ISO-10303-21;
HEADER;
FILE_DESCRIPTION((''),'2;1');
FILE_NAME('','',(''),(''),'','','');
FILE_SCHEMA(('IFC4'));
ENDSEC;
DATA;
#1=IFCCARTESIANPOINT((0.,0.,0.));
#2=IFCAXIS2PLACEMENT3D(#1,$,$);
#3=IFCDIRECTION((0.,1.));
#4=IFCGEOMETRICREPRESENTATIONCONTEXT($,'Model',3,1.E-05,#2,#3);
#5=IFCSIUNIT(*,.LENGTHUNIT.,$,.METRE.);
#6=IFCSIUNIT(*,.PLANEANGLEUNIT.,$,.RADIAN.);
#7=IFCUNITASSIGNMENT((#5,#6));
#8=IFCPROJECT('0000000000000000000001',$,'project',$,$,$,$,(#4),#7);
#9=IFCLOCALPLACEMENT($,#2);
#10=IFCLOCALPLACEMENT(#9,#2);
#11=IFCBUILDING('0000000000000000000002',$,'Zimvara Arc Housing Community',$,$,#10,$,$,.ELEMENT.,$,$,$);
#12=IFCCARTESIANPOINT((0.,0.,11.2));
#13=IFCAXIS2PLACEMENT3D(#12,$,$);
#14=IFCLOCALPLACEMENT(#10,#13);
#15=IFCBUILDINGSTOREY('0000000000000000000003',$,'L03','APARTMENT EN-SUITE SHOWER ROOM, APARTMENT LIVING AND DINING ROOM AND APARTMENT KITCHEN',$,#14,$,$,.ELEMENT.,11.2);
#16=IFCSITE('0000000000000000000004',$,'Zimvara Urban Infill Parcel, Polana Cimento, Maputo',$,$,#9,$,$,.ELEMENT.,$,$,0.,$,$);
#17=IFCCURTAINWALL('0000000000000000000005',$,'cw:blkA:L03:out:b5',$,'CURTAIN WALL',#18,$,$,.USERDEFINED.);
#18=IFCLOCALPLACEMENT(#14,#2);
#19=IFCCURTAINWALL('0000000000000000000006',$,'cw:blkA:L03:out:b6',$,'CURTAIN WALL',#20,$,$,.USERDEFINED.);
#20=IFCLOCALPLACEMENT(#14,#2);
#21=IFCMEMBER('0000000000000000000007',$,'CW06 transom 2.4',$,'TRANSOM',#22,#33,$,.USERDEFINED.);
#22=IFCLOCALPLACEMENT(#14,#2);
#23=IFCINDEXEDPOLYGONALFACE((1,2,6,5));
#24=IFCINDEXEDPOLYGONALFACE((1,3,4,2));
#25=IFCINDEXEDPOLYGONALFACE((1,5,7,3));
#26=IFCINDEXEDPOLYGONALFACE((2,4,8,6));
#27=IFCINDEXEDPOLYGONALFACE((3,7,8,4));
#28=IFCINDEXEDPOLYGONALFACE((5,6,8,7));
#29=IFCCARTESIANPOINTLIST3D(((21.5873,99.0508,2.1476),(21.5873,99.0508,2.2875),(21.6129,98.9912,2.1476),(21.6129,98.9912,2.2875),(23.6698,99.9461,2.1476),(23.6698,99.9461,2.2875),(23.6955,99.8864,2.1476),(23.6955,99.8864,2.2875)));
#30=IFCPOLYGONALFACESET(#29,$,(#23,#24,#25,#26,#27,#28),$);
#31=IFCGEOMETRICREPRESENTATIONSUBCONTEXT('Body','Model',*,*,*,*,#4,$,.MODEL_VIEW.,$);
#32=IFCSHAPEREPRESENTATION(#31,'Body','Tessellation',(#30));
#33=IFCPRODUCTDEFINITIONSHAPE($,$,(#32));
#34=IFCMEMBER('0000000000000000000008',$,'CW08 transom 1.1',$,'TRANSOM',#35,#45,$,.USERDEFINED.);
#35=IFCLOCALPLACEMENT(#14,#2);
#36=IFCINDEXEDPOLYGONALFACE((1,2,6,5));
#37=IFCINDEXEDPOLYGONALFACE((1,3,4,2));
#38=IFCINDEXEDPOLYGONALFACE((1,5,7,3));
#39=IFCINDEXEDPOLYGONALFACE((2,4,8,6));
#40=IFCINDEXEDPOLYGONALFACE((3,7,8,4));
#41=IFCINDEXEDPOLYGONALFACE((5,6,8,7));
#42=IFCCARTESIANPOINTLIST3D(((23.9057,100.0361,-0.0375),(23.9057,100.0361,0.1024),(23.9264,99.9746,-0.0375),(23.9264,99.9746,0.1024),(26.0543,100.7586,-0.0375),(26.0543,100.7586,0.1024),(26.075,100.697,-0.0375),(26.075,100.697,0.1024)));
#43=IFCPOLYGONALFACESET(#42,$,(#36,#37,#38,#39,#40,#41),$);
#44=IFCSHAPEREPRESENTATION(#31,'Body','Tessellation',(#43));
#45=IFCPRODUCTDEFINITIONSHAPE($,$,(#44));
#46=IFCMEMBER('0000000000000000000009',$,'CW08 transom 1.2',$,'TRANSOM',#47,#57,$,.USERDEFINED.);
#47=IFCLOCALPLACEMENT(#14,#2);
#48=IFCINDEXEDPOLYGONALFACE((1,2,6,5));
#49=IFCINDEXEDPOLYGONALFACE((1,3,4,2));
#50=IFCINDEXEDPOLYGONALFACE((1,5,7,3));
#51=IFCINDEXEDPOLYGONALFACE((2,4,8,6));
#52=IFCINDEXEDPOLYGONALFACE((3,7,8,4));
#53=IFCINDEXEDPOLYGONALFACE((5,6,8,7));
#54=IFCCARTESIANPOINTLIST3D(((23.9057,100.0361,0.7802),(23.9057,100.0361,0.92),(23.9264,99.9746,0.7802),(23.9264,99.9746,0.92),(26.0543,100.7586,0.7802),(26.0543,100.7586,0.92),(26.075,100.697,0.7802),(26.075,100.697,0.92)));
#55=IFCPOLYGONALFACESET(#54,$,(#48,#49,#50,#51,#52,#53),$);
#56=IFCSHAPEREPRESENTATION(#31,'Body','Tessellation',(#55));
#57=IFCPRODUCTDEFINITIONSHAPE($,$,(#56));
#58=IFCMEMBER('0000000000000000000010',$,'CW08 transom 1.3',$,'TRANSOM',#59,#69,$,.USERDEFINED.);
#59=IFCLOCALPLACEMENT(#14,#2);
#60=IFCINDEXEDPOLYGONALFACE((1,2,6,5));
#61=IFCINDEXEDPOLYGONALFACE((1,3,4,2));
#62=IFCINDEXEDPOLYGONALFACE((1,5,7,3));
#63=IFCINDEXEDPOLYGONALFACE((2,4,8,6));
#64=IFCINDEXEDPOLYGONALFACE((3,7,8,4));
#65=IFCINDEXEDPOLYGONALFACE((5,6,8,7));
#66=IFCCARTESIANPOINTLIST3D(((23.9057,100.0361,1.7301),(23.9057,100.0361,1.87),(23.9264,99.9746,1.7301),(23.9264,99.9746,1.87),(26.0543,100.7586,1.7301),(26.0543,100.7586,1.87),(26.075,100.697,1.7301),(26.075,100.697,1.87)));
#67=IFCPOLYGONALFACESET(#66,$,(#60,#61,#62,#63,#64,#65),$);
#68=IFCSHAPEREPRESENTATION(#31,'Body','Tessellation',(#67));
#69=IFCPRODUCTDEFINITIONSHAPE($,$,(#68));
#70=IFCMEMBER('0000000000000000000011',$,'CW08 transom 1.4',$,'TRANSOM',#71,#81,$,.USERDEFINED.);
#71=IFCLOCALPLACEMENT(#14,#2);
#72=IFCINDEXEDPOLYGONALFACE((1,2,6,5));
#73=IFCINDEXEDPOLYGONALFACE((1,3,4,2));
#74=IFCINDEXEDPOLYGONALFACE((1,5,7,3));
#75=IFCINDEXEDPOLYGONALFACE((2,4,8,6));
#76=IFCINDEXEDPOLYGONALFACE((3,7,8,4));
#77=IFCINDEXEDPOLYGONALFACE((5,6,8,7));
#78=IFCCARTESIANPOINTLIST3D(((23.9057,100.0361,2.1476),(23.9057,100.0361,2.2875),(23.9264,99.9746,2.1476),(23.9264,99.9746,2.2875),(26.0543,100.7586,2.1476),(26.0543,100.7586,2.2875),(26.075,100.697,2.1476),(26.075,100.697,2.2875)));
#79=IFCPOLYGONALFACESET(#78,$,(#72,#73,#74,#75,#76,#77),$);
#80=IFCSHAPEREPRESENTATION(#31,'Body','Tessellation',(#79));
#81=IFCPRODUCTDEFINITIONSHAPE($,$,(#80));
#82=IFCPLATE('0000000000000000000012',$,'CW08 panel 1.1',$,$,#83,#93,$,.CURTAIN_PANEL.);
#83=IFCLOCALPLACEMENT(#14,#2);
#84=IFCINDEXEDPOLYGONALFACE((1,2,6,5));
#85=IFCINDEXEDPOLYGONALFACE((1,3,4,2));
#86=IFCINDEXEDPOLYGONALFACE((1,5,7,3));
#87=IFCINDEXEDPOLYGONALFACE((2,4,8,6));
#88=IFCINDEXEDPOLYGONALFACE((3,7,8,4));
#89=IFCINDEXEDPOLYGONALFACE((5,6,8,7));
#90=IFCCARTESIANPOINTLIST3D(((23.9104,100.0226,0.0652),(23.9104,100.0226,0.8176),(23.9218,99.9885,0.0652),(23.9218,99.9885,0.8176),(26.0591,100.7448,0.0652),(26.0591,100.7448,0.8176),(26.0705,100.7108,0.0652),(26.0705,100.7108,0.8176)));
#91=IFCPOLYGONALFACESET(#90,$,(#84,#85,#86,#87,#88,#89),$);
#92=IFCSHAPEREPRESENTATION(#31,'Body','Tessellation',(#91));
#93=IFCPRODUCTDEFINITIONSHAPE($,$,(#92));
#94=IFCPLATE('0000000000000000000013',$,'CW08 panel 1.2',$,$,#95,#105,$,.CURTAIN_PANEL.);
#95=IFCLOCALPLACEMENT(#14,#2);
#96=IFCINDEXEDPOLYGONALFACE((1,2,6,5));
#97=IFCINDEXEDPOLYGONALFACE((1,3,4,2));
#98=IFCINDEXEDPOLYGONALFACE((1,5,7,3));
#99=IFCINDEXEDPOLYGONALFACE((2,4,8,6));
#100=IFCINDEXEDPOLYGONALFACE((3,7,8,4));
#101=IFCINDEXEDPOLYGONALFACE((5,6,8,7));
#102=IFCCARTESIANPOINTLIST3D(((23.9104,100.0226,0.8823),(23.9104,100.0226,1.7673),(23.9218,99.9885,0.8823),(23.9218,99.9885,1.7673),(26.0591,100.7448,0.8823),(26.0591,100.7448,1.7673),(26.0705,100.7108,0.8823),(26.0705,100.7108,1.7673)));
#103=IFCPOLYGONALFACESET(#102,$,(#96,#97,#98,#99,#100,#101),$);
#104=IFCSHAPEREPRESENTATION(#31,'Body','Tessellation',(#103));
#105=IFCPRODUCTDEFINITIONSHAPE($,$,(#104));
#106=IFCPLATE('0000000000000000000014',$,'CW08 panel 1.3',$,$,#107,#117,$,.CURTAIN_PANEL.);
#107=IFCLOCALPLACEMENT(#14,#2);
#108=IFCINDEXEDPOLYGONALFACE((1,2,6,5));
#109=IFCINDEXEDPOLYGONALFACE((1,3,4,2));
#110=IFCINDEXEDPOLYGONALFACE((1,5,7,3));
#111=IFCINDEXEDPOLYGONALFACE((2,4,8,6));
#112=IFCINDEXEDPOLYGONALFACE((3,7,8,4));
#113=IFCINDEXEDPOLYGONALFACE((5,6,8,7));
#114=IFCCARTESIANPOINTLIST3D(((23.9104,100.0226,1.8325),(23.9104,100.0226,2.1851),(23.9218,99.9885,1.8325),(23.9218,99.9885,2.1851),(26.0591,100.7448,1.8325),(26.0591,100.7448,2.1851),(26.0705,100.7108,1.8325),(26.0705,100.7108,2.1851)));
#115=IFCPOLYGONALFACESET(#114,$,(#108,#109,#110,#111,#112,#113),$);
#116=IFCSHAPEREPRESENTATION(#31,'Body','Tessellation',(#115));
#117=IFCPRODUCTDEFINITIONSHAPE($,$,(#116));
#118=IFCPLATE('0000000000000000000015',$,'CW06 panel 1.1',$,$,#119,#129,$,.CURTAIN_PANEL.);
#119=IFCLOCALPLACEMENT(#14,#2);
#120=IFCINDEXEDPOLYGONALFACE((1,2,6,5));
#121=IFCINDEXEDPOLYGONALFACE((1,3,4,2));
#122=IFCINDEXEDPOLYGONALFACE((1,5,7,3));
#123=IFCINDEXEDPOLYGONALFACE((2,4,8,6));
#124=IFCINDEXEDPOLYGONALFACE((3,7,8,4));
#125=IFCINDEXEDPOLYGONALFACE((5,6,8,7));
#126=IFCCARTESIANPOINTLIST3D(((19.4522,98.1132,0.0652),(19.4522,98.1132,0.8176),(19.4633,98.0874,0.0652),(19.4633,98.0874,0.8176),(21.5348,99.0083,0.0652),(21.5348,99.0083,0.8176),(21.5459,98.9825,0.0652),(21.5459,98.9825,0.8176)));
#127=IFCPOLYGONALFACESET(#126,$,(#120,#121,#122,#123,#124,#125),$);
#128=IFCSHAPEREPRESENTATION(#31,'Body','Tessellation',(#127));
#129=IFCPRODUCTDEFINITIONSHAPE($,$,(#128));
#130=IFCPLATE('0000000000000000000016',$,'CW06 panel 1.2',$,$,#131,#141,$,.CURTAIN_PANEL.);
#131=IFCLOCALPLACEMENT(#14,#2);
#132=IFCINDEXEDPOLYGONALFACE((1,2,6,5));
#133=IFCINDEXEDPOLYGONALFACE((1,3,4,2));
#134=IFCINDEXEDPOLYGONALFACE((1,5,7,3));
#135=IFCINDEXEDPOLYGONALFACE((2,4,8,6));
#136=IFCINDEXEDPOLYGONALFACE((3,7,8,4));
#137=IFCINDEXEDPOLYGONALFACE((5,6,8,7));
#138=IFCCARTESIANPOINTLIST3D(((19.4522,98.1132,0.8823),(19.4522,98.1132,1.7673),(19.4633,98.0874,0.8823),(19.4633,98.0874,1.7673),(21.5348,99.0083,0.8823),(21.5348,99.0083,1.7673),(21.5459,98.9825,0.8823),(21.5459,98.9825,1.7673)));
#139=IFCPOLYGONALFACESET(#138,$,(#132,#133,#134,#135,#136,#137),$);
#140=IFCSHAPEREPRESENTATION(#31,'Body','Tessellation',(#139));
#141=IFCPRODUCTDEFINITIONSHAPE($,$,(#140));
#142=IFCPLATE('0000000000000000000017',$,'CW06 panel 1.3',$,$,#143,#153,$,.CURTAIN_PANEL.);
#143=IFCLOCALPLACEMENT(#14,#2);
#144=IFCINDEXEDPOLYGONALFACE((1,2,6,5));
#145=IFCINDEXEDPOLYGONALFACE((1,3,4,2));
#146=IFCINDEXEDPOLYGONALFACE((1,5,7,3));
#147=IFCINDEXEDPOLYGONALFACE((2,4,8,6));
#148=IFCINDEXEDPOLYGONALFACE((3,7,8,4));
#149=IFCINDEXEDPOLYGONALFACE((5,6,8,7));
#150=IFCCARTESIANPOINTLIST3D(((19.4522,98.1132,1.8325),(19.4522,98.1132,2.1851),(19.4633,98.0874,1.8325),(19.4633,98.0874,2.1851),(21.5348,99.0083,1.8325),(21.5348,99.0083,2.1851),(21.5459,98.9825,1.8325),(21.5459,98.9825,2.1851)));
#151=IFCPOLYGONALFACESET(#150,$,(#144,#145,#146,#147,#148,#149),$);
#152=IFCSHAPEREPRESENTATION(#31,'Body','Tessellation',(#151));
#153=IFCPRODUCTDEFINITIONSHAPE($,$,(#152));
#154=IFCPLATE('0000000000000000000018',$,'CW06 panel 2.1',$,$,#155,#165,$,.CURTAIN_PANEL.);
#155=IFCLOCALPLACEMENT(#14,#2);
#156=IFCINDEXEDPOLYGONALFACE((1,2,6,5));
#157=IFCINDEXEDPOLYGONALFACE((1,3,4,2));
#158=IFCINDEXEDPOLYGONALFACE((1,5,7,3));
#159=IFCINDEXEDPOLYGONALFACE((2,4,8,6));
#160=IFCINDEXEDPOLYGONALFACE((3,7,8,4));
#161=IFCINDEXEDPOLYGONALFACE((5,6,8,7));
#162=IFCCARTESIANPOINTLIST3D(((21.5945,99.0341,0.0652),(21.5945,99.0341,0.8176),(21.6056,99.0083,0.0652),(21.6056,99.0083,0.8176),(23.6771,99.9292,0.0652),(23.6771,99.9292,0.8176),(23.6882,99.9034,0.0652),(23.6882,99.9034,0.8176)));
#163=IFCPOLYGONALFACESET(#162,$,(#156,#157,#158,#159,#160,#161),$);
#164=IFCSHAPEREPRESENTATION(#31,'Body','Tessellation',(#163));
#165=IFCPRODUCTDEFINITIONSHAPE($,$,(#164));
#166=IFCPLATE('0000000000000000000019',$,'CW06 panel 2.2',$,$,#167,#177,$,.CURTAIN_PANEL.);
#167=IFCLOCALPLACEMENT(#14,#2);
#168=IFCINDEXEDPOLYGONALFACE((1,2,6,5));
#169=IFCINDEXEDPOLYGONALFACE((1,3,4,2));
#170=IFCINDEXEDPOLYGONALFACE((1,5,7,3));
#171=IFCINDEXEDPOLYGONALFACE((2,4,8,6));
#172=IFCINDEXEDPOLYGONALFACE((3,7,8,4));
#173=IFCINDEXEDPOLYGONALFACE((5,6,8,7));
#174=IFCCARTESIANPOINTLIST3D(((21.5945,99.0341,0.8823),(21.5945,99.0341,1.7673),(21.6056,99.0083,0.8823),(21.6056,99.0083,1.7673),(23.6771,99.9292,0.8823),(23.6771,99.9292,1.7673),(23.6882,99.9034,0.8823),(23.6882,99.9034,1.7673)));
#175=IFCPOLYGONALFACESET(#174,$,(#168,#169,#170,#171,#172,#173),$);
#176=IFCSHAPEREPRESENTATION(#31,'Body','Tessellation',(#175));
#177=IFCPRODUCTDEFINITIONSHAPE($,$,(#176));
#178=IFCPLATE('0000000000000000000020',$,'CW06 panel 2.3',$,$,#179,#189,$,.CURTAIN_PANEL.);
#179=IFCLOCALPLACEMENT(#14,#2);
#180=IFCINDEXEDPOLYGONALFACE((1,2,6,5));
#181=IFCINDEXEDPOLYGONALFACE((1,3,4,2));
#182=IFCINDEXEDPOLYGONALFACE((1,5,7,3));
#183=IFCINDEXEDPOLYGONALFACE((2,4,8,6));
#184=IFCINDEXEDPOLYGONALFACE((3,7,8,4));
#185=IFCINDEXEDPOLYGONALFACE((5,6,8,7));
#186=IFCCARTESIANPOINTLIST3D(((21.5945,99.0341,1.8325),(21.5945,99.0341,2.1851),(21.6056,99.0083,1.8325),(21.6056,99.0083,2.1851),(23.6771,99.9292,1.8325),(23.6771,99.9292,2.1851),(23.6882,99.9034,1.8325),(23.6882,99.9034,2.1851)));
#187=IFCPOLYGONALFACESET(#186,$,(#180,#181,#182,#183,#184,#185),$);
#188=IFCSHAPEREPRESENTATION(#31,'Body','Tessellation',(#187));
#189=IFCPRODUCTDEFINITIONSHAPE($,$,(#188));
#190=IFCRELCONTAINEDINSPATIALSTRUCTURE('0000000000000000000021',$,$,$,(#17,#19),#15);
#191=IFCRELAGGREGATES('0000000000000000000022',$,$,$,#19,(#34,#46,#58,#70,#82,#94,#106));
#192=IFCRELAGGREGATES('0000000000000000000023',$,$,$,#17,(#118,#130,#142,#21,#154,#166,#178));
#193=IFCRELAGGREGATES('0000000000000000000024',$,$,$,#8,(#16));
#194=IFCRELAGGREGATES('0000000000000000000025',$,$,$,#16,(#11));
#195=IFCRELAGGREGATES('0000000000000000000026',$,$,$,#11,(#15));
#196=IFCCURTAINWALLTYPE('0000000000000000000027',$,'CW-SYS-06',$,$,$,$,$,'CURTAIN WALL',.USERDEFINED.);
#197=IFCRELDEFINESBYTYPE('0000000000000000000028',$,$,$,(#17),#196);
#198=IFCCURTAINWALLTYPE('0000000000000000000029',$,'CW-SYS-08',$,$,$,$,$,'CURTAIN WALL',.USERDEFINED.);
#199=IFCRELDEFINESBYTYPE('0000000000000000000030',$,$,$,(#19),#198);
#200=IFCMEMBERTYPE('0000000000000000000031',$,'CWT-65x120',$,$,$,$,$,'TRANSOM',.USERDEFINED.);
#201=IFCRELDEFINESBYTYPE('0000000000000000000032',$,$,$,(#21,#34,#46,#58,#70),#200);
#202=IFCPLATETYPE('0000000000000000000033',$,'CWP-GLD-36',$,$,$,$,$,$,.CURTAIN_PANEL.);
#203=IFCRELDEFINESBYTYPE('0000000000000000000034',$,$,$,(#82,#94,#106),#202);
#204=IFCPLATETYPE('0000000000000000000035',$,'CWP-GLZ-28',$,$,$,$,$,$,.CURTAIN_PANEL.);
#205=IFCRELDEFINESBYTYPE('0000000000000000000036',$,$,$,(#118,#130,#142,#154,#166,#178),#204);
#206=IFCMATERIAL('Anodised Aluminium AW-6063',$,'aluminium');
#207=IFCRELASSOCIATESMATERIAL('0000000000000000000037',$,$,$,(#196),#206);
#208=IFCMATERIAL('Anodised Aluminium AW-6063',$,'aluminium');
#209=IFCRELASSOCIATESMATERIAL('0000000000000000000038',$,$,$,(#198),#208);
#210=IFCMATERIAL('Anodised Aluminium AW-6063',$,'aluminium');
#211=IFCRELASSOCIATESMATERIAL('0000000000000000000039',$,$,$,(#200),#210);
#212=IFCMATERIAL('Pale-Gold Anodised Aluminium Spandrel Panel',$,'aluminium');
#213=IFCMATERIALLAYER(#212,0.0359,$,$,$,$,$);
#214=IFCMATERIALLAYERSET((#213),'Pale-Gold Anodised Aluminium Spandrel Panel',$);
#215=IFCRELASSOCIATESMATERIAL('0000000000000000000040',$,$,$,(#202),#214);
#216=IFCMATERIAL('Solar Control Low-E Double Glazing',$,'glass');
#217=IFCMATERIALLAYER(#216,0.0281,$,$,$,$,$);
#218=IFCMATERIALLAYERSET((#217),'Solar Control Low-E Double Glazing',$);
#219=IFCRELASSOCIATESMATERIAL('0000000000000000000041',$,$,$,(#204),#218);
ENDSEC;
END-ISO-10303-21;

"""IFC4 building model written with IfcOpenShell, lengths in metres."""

from ifc_helpers import new_model, si_unit, direction, frame, origin, origin_2d, place, context, subcontext, project, spatial, rectangle, extrude, material, layer, layer_set, material_profile, profile_set, type_object, element, aggregate, save


model = new_model("IFC4")

# Units and contexts
model_context = context("Model", 3, precision=1e-05, world=origin(), true_north=direction((0.0, 1.0)))
body_context = subcontext(model_context, "Body", "Model", "MODEL_VIEW")
ifc_project = project(units=[si_unit("LENGTHUNIT", "METRE"), si_unit("PLANEANGLEUNIT", "RADIAN")], contexts=[model_context])

# Site, building, storey
site_placement = place(None, origin())
site = spatial("IfcSite", under=ifc_project, at=site_placement, Name="Zimvara Urban Infill Parcel, Polana Cimento, Maputo", CompositionType="ELEMENT", RefElevation=0.0)
building_placement = place(site_placement, origin())
building = spatial("IfcBuilding", under=site, at=building_placement, Name="Zimvara Arc Housing Community", CompositionType="ELEMENT")
storey_placement = place(building_placement, frame((0.0, 0.0, 11.2)))
storey = spatial("IfcBuildingStorey", under=building, at=storey_placement, Name="L03", Description="APARTMENT EN-SUITE SHOWER ROOM, APARTMENT LIVING AND DINING ROOM AND APARTMENT KITCHEN", CompositionType="ELEMENT", Elevation=11.2)

# Curtain wall
ifc_material_1 = material(Name="Anodised Aluminium AW-6063", Category="aluminium")
curtain_wall_type_1 = type_object("IfcCurtainWallType", Name="CW-SYS-06", ElementType="CURTAIN WALL", PredefinedType="USERDEFINED", material=ifc_material_1)
curtain_wall_1_placement = place(storey_placement, origin())
curtain_wall_1 = element("IfcCurtainWall", 1, at=curtain_wall_1_placement, inside=storey, type_object=curtain_wall_type_1, Name="cw:blkA:L03:out:b5", ObjectType="CURTAIN WALL", PredefinedType="USERDEFINED")

# Curtain wall
ifc_material_2 = material(Name="Anodised Aluminium AW-6063", Category="aluminium")
curtain_wall_type_2 = type_object("IfcCurtainWallType", Name="CW-SYS-08", ElementType="CURTAIN WALL", PredefinedType="USERDEFINED", material=ifc_material_2)
curtain_wall_2_placement = place(storey_placement, origin())
curtain_wall_2 = element("IfcCurtainWall", 2, at=curtain_wall_2_placement, inside=storey, type_object=curtain_wall_type_2, Name="cw:blkA:L03:out:b6", ObjectType="CURTAIN WALL", PredefinedType="USERDEFINED")

# Members
ifc_material_3 = material(Name="Anodised Aluminium AW-6063", Category="aluminium")
ifc_material_profile_1 = material_profile(ifc_material_3, rectangle(XDim=0.0649, YDim=0.1399, at=origin_2d()), Name="ALU 65x140")
ifc_profile_set_1 = profile_set([ifc_material_profile_1], Name="Anodised Aluminium AW-6063")
member_type_1 = type_object("IfcMemberType", Name="CWT-65x120", ElementType="TRANSOM", PredefinedType="USERDEFINED", material=ifc_profile_set_1)
member_1_placement = place(storey_placement, frame((21.6001, 99.021, 2.2175), z_axis=(0.918704, 0.394946, 0.0), x_axis=(-0.394946, 0.918704, 0.0)))
member_1 = element("IfcMember", 3, at=member_1_placement, type_object=member_type_1, Name="CW06 transom 2.4", ObjectType="TRANSOM", PredefinedType="USERDEFINED", context=body_context, shape_type="SweptSolid", body=[
    extrude(rectangle(XDim=0.0649, YDim=0.1399, at=origin_2d()), origin(), (0.0, 0.0, 1.0), 2.2668),
])
member_2_placement = place(storey_placement, frame((23.916, 100.0054, 0.0325), z_axis=(0.947862, 0.318682, 0.0), x_axis=(-0.318682, 0.947862, 0.0)))
member_2 = element("IfcMember", 4, at=member_2_placement, type_object=member_type_1, Name="CW08 transom 1.1", ObjectType="TRANSOM", PredefinedType="USERDEFINED", context=body_context, shape_type="SweptSolid", body=[
    extrude(rectangle(XDim=0.0649, YDim=0.1399, at=origin_2d()), origin(), (0.0, 0.0, 1.0), 2.2668),
])
member_3_placement = place(storey_placement, frame((23.916, 100.0054, 0.8501), z_axis=(0.947862, 0.318682, 0.0), x_axis=(-0.318682, 0.947862, 0.0)))
member_3 = element("IfcMember", 5, at=member_3_placement, type_object=member_type_1, Name="CW08 transom 1.2", ObjectType="TRANSOM", PredefinedType="USERDEFINED", context=body_context, shape_type="SweptSolid", body=[
    extrude(rectangle(XDim=0.0649, YDim=0.1399, at=origin_2d()), origin(), (0.0, 0.0, 1.0), 2.2668),
])
member_4_placement = place(storey_placement, frame((23.916, 100.0054, 1.8), z_axis=(0.947862, 0.318682, 0.0), x_axis=(-0.318682, 0.947862, 0.0)))
member_4 = element("IfcMember", 6, at=member_4_placement, type_object=member_type_1, Name="CW08 transom 1.3", ObjectType="TRANSOM", PredefinedType="USERDEFINED", context=body_context, shape_type="SweptSolid", body=[
    extrude(rectangle(XDim=0.0649, YDim=0.1399, at=origin_2d()), origin(), (0.0, 0.0, 1.0), 2.2668),
])
member_5_placement = place(storey_placement, frame((23.916, 100.0054, 2.2175), z_axis=(0.947862, 0.318682, 0.0), x_axis=(-0.318682, 0.947862, 0.0)))
member_5 = element("IfcMember", 7, at=member_5_placement, type_object=member_type_1, Name="CW08 transom 1.4", ObjectType="TRANSOM", PredefinedType="USERDEFINED", context=body_context, shape_type="SweptSolid", body=[
    extrude(rectangle(XDim=0.0649, YDim=0.1399, at=origin_2d()), origin(), (0.0, 0.0, 1.0), 2.2668),
])

# Plates
ifc_material_4 = material(Name="Pale-Gold Anodised Aluminium Spandrel Panel", Category="aluminium")
ifc_layer_1 = layer(ifc_material_4, 0.0359)
ifc_layer_set_1 = layer_set([ifc_layer_1], Name="Pale-Gold Anodised Aluminium Spandrel Panel")
plate_type_1 = type_object("IfcPlateType", Name="CWP-GLD-36", PredefinedType="CURTAIN_PANEL", material=ifc_layer_set_1)
plate_1_placement = place(storey_placement, frame((24.9905, 100.3667, 0.0652), z_axis=(0.0, 0.0, 1.0), x_axis=(0.94788, 0.318629, 0.0)))
plate_1 = element("IfcPlate", 8, at=plate_1_placement, type_object=plate_type_1, Name="CW08 panel 1.1", PredefinedType="CURTAIN_PANEL", context=body_context, shape_type="SweptSolid", body=[
    extrude(rectangle(XDim=2.2668, YDim=0.0359, at=origin_2d()), origin(), (0.0, 0.0, 1.0), 0.7524),
])
plate_2_placement = place(storey_placement, frame((24.9905, 100.3667, 0.8823), z_axis=(0.0, 0.0, 1.0), x_axis=(0.94788, 0.318629, 0.0)))
plate_2 = element("IfcPlate", 9, at=plate_2_placement, type_object=plate_type_1, Name="CW08 panel 1.2", PredefinedType="CURTAIN_PANEL", context=body_context, shape_type="SweptSolid", body=[
    extrude(rectangle(XDim=2.2668, YDim=0.0359, at=origin_2d()), origin(), (0.0, 0.0, 1.0), 0.885),
])
plate_3_placement = place(storey_placement, frame((24.9905, 100.3667, 1.8325), z_axis=(0.0, 0.0, 1.0), x_axis=(0.94788, 0.318629, 0.0)))
plate_3 = element("IfcPlate", 10, at=plate_3_placement, type_object=plate_type_1, Name="CW08 panel 1.3", PredefinedType="CURTAIN_PANEL", context=body_context, shape_type="SweptSolid", body=[
    extrude(rectangle(XDim=2.2668, YDim=0.0359, at=origin_2d()), origin(), (0.0, 0.0, 1.0), 0.3525),
])
aggregate(curtain_wall_2, [member_2, member_3, member_4, member_5, plate_1, plate_2, plate_3])
ifc_material_5 = material(Name="Solar Control Low-E Double Glazing", Category="glass")
ifc_layer_2 = layer(ifc_material_5, 0.0281)
ifc_layer_set_2 = layer_set([ifc_layer_2], Name="Solar Control Low-E Double Glazing")
plate_type_2 = type_object("IfcPlateType", Name="CWP-GLZ-28", PredefinedType="CURTAIN_PANEL", material=ifc_layer_set_2)
plate_4_placement = place(storey_placement, frame((20.499, 98.5479, 0.0652), z_axis=(0.0, 0.0, 1.0), x_axis=(0.918722, 0.394904, 0.0)))
plate_4 = element("IfcPlate", 11, at=plate_4_placement, type_object=plate_type_2, Name="CW06 panel 1.1", PredefinedType="CURTAIN_PANEL", context=body_context, shape_type="SweptSolid", body=[
    extrude(rectangle(XDim=2.2668, YDim=0.0281, at=origin_2d()), origin(), (0.0, 0.0, 1.0), 0.7524),
])
plate_5_placement = place(storey_placement, frame((20.499, 98.5479, 0.8823), z_axis=(0.0, 0.0, 1.0), x_axis=(0.918722, 0.394904, 0.0)))
plate_5 = element("IfcPlate", 12, at=plate_5_placement, type_object=plate_type_2, Name="CW06 panel 1.2", PredefinedType="CURTAIN_PANEL", context=body_context, shape_type="SweptSolid", body=[
    extrude(rectangle(XDim=2.2668, YDim=0.0281, at=origin_2d()), origin(), (0.0, 0.0, 1.0), 0.885),
])
plate_6_placement = place(storey_placement, frame((20.499, 98.5479, 1.8325), z_axis=(0.0, 0.0, 1.0), x_axis=(0.918722, 0.394904, 0.0)))
plate_6 = element("IfcPlate", 13, at=plate_6_placement, type_object=plate_type_2, Name="CW06 panel 1.3", PredefinedType="CURTAIN_PANEL", context=body_context, shape_type="SweptSolid", body=[
    extrude(rectangle(XDim=2.2668, YDim=0.0281, at=origin_2d()), origin(), (0.0, 0.0, 1.0), 0.3525),
])
plate_7_placement = place(storey_placement, frame((22.6414, 99.4688, 0.0652), z_axis=(0.0, 0.0, 1.0), x_axis=(0.918722, 0.394904, 0.0)))
plate_7 = element("IfcPlate", 14, at=plate_7_placement, type_object=plate_type_2, Name="CW06 panel 2.1", PredefinedType="CURTAIN_PANEL", context=body_context, shape_type="SweptSolid", body=[
    extrude(rectangle(XDim=2.2668, YDim=0.0281, at=origin_2d()), origin(), (0.0, 0.0, 1.0), 0.7524),
])
plate_8_placement = place(storey_placement, frame((22.6414, 99.4688, 0.8823), z_axis=(0.0, 0.0, 1.0), x_axis=(0.918722, 0.394904, 0.0)))
plate_8 = element("IfcPlate", 15, at=plate_8_placement, type_object=plate_type_2, Name="CW06 panel 2.2", PredefinedType="CURTAIN_PANEL", context=body_context, shape_type="SweptSolid", body=[
    extrude(rectangle(XDim=2.2668, YDim=0.0281, at=origin_2d()), origin(), (0.0, 0.0, 1.0), 0.885),
])
plate_9_placement = place(storey_placement, frame((22.6414, 99.4688, 1.8325), z_axis=(0.0, 0.0, 1.0), x_axis=(0.918722, 0.394904, 0.0)))
plate_9 = element("IfcPlate", 16, at=plate_9_placement, type_object=plate_type_2, Name="CW06 panel 2.3", PredefinedType="CURTAIN_PANEL", context=body_context, shape_type="SweptSolid", body=[
    extrude(rectangle(XDim=2.2668, YDim=0.0281, at=origin_2d()), origin(), (0.0, 0.0, 1.0), 0.3525),
])
aggregate(curtain_wall_1, [plate_4, plate_5, plate_6, member_1, plate_7, plate_8, plate_9])

save(model, "model.ifc")
